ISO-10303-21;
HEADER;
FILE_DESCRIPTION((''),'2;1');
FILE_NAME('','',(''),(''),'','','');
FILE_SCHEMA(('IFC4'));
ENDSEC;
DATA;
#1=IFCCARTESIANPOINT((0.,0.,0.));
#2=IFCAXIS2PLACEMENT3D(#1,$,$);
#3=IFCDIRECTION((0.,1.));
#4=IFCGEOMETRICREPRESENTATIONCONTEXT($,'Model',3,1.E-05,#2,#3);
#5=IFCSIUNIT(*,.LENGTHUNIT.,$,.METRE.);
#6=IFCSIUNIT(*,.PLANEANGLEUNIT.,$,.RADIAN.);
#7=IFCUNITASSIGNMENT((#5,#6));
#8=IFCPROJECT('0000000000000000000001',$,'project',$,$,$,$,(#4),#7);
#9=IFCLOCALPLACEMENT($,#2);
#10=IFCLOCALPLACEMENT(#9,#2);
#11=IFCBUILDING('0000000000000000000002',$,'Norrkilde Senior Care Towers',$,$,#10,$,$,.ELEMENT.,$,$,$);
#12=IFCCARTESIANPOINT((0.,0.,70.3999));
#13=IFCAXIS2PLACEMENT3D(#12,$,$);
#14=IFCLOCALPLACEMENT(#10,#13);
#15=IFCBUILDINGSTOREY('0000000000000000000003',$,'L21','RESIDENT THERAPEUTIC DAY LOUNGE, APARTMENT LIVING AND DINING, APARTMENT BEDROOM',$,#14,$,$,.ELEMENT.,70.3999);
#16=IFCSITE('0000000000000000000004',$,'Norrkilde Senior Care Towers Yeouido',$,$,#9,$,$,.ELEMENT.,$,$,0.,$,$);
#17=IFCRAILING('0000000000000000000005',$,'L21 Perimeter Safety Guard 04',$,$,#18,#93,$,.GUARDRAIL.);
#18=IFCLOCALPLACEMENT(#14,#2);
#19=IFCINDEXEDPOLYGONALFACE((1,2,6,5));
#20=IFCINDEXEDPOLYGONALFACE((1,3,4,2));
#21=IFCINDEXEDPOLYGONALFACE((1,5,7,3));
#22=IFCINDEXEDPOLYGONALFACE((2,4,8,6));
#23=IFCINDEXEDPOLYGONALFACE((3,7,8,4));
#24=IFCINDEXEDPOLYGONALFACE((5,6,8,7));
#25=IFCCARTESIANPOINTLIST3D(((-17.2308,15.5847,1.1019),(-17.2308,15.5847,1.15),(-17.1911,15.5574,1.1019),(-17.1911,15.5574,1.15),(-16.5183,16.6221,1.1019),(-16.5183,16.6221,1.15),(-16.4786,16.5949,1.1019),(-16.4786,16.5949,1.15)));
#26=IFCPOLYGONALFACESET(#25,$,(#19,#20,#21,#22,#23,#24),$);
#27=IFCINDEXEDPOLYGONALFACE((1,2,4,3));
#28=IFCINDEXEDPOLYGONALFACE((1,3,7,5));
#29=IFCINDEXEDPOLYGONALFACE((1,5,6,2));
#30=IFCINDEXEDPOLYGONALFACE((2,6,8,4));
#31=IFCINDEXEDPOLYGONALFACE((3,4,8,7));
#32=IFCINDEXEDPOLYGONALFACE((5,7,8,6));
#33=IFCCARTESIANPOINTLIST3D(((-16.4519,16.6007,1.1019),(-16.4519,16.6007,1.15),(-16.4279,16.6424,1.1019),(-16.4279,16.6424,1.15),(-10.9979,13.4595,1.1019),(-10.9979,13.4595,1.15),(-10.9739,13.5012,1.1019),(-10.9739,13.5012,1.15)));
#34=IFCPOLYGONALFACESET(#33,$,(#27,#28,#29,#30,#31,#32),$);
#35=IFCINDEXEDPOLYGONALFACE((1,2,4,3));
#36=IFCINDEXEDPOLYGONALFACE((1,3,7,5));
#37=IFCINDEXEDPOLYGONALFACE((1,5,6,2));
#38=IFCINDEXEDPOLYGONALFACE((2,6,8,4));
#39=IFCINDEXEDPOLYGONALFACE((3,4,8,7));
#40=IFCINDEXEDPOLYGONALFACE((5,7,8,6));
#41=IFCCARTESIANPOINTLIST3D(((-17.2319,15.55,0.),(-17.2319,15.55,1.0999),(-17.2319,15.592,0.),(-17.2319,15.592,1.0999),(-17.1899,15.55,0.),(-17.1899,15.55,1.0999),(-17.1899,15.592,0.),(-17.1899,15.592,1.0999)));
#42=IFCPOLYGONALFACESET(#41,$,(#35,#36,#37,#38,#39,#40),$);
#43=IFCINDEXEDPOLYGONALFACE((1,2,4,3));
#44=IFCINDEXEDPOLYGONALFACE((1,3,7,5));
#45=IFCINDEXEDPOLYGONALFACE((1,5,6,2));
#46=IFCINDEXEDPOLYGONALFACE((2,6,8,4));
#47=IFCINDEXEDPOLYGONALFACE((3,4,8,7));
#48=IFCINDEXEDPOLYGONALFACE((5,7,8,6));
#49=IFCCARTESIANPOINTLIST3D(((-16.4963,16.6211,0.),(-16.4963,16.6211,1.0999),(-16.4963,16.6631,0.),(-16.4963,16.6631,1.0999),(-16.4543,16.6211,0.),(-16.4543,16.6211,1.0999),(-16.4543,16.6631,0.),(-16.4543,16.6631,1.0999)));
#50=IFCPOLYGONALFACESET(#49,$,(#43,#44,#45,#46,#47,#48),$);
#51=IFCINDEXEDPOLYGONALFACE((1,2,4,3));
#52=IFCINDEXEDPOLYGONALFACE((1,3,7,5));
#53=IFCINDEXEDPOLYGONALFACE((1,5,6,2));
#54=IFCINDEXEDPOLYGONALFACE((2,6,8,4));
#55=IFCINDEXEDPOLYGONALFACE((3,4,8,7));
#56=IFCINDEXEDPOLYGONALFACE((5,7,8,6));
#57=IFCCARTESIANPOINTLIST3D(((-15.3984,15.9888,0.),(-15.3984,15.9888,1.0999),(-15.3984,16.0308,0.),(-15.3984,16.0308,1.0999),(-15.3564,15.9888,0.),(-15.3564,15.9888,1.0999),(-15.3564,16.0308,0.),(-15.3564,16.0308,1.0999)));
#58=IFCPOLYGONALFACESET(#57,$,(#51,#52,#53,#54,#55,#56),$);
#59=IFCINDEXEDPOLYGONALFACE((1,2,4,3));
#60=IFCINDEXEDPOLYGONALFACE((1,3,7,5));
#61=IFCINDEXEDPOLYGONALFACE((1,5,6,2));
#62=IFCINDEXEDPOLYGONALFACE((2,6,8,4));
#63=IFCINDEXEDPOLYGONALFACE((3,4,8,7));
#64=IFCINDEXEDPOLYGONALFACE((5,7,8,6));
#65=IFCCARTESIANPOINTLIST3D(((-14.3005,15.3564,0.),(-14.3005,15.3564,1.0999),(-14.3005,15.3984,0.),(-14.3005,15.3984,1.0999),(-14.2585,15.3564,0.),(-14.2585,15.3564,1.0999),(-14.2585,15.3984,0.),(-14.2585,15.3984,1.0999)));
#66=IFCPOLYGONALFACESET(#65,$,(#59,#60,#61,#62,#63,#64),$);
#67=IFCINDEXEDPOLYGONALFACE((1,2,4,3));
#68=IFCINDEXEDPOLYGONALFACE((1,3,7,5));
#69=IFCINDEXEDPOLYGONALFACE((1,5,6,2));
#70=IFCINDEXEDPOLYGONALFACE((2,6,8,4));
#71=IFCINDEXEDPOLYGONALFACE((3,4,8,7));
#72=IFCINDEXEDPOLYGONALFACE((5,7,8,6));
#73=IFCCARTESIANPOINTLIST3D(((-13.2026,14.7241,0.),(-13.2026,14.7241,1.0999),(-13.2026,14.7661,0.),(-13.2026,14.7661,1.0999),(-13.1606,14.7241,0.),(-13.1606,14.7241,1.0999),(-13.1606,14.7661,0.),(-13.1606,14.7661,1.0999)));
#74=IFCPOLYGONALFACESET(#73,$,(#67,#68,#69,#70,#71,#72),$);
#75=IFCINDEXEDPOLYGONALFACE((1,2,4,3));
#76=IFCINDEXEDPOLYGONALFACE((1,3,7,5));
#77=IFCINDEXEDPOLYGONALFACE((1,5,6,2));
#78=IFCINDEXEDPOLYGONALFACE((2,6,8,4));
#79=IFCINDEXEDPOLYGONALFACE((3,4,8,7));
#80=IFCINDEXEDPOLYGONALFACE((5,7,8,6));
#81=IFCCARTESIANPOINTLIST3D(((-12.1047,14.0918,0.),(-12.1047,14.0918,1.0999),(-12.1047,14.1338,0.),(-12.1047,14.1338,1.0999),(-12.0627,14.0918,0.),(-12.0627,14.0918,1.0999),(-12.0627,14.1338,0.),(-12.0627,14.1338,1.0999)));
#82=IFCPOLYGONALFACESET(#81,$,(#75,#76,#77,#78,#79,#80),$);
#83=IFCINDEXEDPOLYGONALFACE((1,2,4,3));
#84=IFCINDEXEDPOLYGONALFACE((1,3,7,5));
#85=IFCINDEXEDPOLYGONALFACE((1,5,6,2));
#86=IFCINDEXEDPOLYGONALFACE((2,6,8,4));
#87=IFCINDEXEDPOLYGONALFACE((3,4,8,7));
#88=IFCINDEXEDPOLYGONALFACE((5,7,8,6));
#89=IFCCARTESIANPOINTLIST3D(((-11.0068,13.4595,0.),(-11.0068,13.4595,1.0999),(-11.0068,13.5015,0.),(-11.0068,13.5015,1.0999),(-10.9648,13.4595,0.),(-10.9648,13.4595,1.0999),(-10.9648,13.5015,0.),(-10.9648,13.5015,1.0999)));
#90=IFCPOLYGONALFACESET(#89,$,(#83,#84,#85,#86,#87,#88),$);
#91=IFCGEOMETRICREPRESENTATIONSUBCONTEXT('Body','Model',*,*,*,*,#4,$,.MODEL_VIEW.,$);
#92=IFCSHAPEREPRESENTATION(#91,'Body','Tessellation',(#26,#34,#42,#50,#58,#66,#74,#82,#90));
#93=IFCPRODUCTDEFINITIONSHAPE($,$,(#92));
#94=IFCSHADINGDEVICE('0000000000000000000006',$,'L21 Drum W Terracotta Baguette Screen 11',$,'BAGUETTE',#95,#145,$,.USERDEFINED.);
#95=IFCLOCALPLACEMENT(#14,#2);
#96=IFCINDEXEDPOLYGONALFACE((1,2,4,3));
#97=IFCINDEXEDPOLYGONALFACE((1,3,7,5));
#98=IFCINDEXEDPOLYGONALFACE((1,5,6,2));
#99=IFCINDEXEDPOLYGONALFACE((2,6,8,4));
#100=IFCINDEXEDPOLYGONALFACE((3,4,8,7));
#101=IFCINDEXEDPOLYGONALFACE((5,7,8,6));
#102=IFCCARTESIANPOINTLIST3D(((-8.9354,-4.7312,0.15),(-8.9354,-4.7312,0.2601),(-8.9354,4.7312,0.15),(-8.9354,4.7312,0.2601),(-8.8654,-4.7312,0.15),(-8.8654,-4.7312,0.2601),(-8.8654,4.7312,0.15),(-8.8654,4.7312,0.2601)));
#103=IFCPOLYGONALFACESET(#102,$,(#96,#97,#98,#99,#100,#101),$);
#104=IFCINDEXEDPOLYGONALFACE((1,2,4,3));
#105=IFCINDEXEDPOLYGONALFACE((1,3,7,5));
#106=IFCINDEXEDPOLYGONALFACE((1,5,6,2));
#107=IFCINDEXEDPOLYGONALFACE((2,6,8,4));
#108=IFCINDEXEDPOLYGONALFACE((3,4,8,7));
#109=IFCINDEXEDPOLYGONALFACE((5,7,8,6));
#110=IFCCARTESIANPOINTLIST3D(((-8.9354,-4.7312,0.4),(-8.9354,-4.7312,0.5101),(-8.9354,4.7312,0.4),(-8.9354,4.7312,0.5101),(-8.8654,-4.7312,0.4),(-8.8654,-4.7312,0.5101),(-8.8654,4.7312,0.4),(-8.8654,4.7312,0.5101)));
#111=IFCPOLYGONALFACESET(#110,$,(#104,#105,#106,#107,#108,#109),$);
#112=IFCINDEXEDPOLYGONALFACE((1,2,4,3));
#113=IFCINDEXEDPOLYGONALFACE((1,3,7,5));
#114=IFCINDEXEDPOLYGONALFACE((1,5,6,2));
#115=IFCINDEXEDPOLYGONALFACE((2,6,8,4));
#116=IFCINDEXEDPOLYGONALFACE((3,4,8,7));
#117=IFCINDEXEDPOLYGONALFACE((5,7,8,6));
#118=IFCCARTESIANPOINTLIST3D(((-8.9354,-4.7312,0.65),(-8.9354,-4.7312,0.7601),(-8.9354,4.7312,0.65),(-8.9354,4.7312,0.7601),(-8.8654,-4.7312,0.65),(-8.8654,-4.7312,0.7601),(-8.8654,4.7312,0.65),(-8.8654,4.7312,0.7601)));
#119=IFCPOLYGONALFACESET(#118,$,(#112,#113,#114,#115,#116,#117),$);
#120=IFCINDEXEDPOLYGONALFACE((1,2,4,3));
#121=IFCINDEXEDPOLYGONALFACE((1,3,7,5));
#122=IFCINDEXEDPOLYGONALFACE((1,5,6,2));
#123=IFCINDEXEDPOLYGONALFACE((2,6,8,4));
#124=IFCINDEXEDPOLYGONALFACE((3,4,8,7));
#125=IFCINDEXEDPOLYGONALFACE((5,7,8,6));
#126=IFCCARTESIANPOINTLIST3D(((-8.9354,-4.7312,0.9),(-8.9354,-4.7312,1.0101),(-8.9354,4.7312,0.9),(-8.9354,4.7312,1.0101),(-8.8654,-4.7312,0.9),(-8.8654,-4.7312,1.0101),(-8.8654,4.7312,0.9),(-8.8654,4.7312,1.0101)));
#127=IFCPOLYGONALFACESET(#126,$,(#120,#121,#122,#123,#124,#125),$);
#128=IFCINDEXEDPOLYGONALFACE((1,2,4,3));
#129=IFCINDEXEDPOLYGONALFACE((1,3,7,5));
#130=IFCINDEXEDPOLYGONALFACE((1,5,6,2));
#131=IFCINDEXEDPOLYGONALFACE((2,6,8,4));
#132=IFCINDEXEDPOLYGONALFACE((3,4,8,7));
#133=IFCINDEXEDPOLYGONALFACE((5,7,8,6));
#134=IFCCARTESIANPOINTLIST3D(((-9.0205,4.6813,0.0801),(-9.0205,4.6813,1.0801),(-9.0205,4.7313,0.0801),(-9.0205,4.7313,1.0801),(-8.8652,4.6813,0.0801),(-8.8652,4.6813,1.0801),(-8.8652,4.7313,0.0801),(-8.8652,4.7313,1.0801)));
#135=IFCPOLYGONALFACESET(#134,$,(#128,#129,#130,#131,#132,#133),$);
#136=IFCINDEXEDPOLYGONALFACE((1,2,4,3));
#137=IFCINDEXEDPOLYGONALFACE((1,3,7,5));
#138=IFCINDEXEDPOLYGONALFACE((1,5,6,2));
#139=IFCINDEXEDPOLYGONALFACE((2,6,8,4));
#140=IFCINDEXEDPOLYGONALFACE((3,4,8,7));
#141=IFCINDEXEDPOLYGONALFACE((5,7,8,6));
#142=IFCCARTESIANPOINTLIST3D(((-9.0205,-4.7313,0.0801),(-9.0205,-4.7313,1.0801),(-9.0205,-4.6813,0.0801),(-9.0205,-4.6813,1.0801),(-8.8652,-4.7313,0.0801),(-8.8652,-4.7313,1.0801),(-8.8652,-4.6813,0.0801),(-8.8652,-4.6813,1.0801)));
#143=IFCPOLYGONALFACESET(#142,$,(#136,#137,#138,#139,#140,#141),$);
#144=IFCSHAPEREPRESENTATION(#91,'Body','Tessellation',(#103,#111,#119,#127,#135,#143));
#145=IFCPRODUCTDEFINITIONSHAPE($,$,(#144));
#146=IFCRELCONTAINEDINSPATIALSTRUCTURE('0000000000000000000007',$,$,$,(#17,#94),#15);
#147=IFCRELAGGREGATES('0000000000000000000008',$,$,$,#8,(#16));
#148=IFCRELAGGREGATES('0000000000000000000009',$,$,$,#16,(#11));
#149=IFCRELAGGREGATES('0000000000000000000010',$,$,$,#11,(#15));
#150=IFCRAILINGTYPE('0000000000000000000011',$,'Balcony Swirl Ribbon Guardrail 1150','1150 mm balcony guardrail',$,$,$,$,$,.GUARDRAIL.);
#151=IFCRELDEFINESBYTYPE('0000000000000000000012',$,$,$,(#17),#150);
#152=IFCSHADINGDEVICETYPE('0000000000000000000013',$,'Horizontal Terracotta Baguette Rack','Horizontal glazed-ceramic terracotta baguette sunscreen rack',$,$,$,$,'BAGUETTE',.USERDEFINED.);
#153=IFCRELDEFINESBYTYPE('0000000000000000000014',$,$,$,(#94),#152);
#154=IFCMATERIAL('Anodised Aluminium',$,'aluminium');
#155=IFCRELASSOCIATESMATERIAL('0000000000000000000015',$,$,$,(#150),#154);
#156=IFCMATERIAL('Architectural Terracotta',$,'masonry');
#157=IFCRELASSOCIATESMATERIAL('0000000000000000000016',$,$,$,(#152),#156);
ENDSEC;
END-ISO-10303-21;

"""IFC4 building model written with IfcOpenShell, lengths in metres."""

from ifc_helpers import new_model, si_unit, direction, frame, origin, origin_2d, place, context, subcontext, project, spatial, rectangle, extrude, source, transform, mapped, material, type_object, type_shapes, element, save


model = new_model("IFC4")

# Units and contexts
model_context = context("Model", 3, precision=1e-05, world=origin(), true_north=direction((0.0, 1.0)))
body_context = subcontext(model_context, "Body", "Model", "MODEL_VIEW")
ifc_project = project(units=[si_unit("LENGTHUNIT", "METRE"), si_unit("PLANEANGLEUNIT", "RADIAN")], contexts=[model_context])

# Site, building, storey
site_placement = place(None, origin())
site = spatial("IfcSite", under=ifc_project, at=site_placement, Name="Norrkilde Senior Care Towers Yeouido", CompositionType="ELEMENT", RefElevation=0.0)
building_placement = place(site_placement, origin())
building = spatial("IfcBuilding", under=site, at=building_placement, Name="Norrkilde Senior Care Towers", CompositionType="ELEMENT")
storey_placement = place(building_placement, frame((0.0, 0.0, 70.3999)))
storey = spatial("IfcBuildingStorey", under=building, at=storey_placement, Name="L21", Description="RESIDENT THERAPEUTIC DAY LOUNGE, APARTMENT LIVING AND DINING, APARTMENT BEDROOM", CompositionType="ELEMENT", Elevation=70.3999)

# Shared definitions
ifc_material_1 = material(Name="Anodised Aluminium", Category="aluminium")

# Railing
railing_type = type_object("IfcRailingType", Name="Balcony Swirl Ribbon Guardrail 1150", Description="1150 mm balcony guardrail", PredefinedType="GUARDRAIL", material=ifc_material_1)
railing_1_placement = place(storey_placement, frame((-17.2109, 15.571, 0.0)))
element("IfcRailing", 1, at=railing_1_placement, inside=storey, type_object=railing_type, Name="L21 Perimeter Safety Guard 04", PredefinedType="GUARDRAIL", context=body_context, shape_type="SweptSolid", body=[
    extrude(rectangle(XDim=0.0481, YDim=0.0481, at=origin_2d()), frame((0.0, 0.0, 1.126), z_axis=(0.566138, 0.82431, 0.0), x_axis=(-0.82431, 0.566138, 0.0)), (0.0, 0.0, 1.0), 1.2585),
    extrude(rectangle(XDim=0.0481, YDim=0.0481, at=origin_2d()), frame((0.771, 1.0505, 1.126), z_axis=(0.866554, -0.499083, 0.0), x_axis=(0.499083, 0.866554, 0.0)), (0.0, 0.0, 1.0), 6.2939),
    extrude(rectangle(XDim=0.042, YDim=0.042, at=origin_2d()), origin(), (0.0, 0.0, 1.0), 1.0999),
    extrude(rectangle(XDim=0.042, YDim=0.042, at=origin_2d()), frame((0.7356, 1.071, 0.0)), (0.0, 0.0, 1.0), 1.0999),
    extrude(rectangle(XDim=0.042, YDim=0.042, at=origin_2d()), frame((1.8335, 0.4387, 0.0)), (0.0, 0.0, 1.0), 1.0999),
    extrude(rectangle(XDim=0.042, YDim=0.042, at=origin_2d()), frame((2.9314, -0.1936, 0.0)), (0.0, 0.0, 1.0), 1.0999),
    extrude(rectangle(XDim=0.042, YDim=0.042, at=origin_2d()), frame((4.0293, -0.8259, 0.0)), (0.0, 0.0, 1.0), 1.0999),
    extrude(rectangle(XDim=0.042, YDim=0.042, at=origin_2d()), frame((5.1272, -1.4583, 0.0)), (0.0, 0.0, 1.0), 1.0999),
    extrude(rectangle(XDim=0.042, YDim=0.042, at=origin_2d()), frame((6.2251, -2.0906, 0.0)), (0.0, 0.0, 1.0), 1.0999),
])

# Shading device
ifc_material_2 = material(Name="Architectural Terracotta", Category="masonry")
shading_device_type = type_object("IfcShadingDeviceType", Name="Horizontal Terracotta Baguette Rack", Description="Horizontal glazed-ceramic terracotta baguette sunscreen rack", ElementType="BAGUETTE", PredefinedType="USERDEFINED", material=ifc_material_2)
shared_shape_1 = source(origin(), body_context, "Body", "SweptSolid", [
    extrude(rectangle(XDim=0.0701, YDim=0.1101, at=origin_2d()), frame((0.0, 0.0901, 0.125), z_axis=(1.0, 0.0, 0.0), x_axis=(0.0, 1.0, 0.0)), (0.0, 0.0, 1.0), 9.4624),
    extrude(rectangle(XDim=0.0701, YDim=0.1101, at=origin_2d()), frame((0.0, 0.0901, 0.375), z_axis=(1.0, 0.0, 0.0), x_axis=(0.0, 1.0, 0.0)), (0.0, 0.0, 1.0), 9.4624),
    extrude(rectangle(XDim=0.0701, YDim=0.1101, at=origin_2d()), frame((0.0, 0.0901, 0.625), z_axis=(1.0, 0.0, 0.0), x_axis=(0.0, 1.0, 0.0)), (0.0, 0.0, 1.0), 9.4624),
    extrude(rectangle(XDim=0.0701, YDim=0.1101, at=origin_2d()), frame((0.0, 0.0901, 0.875), z_axis=(1.0, 0.0, 0.0), x_axis=(0.0, 1.0, 0.0)), (0.0, 0.0, 1.0), 9.4624),
    extrude(rectangle(XDim=0.05, YDim=0.1553, at=origin_2d()), frame((0.0249, 0.0476, 0.0)), (0.0, 0.0, 1.0), 1.0),
    extrude(rectangle(XDim=0.05, YDim=0.1553, at=origin_2d()), frame((9.4375, 0.0476, 0.0)), (0.0, 0.0, 1.0), 1.0),
])
type_shapes(shading_device_type, [shared_shape_1])
shading_device_placement = place(storey_placement, frame((-8.9905, 4.7312, 0.0801), z_axis=(0.0, 0.0, 1.0), x_axis=(0.0, -1.0, 0.0)))
element("IfcShadingDevice", 2, at=shading_device_placement, inside=storey, type_object=shading_device_type, Name="L21 Drum W Terracotta Baguette Screen 11", ObjectType="BAGUETTE", PredefinedType="USERDEFINED", context=body_context, shape_type="MappedRepresentation", body=[
    mapped(shared_shape_1, transform((0.0, 0.0, 0.0), x_axis=(1.0, 0.0, 0.0), y_axis=(0.0, 1.0, 0.0), z_axis=(0.0, 0.0, 1.0), scale=1.0)),
])

save(model, "model.ifc")
